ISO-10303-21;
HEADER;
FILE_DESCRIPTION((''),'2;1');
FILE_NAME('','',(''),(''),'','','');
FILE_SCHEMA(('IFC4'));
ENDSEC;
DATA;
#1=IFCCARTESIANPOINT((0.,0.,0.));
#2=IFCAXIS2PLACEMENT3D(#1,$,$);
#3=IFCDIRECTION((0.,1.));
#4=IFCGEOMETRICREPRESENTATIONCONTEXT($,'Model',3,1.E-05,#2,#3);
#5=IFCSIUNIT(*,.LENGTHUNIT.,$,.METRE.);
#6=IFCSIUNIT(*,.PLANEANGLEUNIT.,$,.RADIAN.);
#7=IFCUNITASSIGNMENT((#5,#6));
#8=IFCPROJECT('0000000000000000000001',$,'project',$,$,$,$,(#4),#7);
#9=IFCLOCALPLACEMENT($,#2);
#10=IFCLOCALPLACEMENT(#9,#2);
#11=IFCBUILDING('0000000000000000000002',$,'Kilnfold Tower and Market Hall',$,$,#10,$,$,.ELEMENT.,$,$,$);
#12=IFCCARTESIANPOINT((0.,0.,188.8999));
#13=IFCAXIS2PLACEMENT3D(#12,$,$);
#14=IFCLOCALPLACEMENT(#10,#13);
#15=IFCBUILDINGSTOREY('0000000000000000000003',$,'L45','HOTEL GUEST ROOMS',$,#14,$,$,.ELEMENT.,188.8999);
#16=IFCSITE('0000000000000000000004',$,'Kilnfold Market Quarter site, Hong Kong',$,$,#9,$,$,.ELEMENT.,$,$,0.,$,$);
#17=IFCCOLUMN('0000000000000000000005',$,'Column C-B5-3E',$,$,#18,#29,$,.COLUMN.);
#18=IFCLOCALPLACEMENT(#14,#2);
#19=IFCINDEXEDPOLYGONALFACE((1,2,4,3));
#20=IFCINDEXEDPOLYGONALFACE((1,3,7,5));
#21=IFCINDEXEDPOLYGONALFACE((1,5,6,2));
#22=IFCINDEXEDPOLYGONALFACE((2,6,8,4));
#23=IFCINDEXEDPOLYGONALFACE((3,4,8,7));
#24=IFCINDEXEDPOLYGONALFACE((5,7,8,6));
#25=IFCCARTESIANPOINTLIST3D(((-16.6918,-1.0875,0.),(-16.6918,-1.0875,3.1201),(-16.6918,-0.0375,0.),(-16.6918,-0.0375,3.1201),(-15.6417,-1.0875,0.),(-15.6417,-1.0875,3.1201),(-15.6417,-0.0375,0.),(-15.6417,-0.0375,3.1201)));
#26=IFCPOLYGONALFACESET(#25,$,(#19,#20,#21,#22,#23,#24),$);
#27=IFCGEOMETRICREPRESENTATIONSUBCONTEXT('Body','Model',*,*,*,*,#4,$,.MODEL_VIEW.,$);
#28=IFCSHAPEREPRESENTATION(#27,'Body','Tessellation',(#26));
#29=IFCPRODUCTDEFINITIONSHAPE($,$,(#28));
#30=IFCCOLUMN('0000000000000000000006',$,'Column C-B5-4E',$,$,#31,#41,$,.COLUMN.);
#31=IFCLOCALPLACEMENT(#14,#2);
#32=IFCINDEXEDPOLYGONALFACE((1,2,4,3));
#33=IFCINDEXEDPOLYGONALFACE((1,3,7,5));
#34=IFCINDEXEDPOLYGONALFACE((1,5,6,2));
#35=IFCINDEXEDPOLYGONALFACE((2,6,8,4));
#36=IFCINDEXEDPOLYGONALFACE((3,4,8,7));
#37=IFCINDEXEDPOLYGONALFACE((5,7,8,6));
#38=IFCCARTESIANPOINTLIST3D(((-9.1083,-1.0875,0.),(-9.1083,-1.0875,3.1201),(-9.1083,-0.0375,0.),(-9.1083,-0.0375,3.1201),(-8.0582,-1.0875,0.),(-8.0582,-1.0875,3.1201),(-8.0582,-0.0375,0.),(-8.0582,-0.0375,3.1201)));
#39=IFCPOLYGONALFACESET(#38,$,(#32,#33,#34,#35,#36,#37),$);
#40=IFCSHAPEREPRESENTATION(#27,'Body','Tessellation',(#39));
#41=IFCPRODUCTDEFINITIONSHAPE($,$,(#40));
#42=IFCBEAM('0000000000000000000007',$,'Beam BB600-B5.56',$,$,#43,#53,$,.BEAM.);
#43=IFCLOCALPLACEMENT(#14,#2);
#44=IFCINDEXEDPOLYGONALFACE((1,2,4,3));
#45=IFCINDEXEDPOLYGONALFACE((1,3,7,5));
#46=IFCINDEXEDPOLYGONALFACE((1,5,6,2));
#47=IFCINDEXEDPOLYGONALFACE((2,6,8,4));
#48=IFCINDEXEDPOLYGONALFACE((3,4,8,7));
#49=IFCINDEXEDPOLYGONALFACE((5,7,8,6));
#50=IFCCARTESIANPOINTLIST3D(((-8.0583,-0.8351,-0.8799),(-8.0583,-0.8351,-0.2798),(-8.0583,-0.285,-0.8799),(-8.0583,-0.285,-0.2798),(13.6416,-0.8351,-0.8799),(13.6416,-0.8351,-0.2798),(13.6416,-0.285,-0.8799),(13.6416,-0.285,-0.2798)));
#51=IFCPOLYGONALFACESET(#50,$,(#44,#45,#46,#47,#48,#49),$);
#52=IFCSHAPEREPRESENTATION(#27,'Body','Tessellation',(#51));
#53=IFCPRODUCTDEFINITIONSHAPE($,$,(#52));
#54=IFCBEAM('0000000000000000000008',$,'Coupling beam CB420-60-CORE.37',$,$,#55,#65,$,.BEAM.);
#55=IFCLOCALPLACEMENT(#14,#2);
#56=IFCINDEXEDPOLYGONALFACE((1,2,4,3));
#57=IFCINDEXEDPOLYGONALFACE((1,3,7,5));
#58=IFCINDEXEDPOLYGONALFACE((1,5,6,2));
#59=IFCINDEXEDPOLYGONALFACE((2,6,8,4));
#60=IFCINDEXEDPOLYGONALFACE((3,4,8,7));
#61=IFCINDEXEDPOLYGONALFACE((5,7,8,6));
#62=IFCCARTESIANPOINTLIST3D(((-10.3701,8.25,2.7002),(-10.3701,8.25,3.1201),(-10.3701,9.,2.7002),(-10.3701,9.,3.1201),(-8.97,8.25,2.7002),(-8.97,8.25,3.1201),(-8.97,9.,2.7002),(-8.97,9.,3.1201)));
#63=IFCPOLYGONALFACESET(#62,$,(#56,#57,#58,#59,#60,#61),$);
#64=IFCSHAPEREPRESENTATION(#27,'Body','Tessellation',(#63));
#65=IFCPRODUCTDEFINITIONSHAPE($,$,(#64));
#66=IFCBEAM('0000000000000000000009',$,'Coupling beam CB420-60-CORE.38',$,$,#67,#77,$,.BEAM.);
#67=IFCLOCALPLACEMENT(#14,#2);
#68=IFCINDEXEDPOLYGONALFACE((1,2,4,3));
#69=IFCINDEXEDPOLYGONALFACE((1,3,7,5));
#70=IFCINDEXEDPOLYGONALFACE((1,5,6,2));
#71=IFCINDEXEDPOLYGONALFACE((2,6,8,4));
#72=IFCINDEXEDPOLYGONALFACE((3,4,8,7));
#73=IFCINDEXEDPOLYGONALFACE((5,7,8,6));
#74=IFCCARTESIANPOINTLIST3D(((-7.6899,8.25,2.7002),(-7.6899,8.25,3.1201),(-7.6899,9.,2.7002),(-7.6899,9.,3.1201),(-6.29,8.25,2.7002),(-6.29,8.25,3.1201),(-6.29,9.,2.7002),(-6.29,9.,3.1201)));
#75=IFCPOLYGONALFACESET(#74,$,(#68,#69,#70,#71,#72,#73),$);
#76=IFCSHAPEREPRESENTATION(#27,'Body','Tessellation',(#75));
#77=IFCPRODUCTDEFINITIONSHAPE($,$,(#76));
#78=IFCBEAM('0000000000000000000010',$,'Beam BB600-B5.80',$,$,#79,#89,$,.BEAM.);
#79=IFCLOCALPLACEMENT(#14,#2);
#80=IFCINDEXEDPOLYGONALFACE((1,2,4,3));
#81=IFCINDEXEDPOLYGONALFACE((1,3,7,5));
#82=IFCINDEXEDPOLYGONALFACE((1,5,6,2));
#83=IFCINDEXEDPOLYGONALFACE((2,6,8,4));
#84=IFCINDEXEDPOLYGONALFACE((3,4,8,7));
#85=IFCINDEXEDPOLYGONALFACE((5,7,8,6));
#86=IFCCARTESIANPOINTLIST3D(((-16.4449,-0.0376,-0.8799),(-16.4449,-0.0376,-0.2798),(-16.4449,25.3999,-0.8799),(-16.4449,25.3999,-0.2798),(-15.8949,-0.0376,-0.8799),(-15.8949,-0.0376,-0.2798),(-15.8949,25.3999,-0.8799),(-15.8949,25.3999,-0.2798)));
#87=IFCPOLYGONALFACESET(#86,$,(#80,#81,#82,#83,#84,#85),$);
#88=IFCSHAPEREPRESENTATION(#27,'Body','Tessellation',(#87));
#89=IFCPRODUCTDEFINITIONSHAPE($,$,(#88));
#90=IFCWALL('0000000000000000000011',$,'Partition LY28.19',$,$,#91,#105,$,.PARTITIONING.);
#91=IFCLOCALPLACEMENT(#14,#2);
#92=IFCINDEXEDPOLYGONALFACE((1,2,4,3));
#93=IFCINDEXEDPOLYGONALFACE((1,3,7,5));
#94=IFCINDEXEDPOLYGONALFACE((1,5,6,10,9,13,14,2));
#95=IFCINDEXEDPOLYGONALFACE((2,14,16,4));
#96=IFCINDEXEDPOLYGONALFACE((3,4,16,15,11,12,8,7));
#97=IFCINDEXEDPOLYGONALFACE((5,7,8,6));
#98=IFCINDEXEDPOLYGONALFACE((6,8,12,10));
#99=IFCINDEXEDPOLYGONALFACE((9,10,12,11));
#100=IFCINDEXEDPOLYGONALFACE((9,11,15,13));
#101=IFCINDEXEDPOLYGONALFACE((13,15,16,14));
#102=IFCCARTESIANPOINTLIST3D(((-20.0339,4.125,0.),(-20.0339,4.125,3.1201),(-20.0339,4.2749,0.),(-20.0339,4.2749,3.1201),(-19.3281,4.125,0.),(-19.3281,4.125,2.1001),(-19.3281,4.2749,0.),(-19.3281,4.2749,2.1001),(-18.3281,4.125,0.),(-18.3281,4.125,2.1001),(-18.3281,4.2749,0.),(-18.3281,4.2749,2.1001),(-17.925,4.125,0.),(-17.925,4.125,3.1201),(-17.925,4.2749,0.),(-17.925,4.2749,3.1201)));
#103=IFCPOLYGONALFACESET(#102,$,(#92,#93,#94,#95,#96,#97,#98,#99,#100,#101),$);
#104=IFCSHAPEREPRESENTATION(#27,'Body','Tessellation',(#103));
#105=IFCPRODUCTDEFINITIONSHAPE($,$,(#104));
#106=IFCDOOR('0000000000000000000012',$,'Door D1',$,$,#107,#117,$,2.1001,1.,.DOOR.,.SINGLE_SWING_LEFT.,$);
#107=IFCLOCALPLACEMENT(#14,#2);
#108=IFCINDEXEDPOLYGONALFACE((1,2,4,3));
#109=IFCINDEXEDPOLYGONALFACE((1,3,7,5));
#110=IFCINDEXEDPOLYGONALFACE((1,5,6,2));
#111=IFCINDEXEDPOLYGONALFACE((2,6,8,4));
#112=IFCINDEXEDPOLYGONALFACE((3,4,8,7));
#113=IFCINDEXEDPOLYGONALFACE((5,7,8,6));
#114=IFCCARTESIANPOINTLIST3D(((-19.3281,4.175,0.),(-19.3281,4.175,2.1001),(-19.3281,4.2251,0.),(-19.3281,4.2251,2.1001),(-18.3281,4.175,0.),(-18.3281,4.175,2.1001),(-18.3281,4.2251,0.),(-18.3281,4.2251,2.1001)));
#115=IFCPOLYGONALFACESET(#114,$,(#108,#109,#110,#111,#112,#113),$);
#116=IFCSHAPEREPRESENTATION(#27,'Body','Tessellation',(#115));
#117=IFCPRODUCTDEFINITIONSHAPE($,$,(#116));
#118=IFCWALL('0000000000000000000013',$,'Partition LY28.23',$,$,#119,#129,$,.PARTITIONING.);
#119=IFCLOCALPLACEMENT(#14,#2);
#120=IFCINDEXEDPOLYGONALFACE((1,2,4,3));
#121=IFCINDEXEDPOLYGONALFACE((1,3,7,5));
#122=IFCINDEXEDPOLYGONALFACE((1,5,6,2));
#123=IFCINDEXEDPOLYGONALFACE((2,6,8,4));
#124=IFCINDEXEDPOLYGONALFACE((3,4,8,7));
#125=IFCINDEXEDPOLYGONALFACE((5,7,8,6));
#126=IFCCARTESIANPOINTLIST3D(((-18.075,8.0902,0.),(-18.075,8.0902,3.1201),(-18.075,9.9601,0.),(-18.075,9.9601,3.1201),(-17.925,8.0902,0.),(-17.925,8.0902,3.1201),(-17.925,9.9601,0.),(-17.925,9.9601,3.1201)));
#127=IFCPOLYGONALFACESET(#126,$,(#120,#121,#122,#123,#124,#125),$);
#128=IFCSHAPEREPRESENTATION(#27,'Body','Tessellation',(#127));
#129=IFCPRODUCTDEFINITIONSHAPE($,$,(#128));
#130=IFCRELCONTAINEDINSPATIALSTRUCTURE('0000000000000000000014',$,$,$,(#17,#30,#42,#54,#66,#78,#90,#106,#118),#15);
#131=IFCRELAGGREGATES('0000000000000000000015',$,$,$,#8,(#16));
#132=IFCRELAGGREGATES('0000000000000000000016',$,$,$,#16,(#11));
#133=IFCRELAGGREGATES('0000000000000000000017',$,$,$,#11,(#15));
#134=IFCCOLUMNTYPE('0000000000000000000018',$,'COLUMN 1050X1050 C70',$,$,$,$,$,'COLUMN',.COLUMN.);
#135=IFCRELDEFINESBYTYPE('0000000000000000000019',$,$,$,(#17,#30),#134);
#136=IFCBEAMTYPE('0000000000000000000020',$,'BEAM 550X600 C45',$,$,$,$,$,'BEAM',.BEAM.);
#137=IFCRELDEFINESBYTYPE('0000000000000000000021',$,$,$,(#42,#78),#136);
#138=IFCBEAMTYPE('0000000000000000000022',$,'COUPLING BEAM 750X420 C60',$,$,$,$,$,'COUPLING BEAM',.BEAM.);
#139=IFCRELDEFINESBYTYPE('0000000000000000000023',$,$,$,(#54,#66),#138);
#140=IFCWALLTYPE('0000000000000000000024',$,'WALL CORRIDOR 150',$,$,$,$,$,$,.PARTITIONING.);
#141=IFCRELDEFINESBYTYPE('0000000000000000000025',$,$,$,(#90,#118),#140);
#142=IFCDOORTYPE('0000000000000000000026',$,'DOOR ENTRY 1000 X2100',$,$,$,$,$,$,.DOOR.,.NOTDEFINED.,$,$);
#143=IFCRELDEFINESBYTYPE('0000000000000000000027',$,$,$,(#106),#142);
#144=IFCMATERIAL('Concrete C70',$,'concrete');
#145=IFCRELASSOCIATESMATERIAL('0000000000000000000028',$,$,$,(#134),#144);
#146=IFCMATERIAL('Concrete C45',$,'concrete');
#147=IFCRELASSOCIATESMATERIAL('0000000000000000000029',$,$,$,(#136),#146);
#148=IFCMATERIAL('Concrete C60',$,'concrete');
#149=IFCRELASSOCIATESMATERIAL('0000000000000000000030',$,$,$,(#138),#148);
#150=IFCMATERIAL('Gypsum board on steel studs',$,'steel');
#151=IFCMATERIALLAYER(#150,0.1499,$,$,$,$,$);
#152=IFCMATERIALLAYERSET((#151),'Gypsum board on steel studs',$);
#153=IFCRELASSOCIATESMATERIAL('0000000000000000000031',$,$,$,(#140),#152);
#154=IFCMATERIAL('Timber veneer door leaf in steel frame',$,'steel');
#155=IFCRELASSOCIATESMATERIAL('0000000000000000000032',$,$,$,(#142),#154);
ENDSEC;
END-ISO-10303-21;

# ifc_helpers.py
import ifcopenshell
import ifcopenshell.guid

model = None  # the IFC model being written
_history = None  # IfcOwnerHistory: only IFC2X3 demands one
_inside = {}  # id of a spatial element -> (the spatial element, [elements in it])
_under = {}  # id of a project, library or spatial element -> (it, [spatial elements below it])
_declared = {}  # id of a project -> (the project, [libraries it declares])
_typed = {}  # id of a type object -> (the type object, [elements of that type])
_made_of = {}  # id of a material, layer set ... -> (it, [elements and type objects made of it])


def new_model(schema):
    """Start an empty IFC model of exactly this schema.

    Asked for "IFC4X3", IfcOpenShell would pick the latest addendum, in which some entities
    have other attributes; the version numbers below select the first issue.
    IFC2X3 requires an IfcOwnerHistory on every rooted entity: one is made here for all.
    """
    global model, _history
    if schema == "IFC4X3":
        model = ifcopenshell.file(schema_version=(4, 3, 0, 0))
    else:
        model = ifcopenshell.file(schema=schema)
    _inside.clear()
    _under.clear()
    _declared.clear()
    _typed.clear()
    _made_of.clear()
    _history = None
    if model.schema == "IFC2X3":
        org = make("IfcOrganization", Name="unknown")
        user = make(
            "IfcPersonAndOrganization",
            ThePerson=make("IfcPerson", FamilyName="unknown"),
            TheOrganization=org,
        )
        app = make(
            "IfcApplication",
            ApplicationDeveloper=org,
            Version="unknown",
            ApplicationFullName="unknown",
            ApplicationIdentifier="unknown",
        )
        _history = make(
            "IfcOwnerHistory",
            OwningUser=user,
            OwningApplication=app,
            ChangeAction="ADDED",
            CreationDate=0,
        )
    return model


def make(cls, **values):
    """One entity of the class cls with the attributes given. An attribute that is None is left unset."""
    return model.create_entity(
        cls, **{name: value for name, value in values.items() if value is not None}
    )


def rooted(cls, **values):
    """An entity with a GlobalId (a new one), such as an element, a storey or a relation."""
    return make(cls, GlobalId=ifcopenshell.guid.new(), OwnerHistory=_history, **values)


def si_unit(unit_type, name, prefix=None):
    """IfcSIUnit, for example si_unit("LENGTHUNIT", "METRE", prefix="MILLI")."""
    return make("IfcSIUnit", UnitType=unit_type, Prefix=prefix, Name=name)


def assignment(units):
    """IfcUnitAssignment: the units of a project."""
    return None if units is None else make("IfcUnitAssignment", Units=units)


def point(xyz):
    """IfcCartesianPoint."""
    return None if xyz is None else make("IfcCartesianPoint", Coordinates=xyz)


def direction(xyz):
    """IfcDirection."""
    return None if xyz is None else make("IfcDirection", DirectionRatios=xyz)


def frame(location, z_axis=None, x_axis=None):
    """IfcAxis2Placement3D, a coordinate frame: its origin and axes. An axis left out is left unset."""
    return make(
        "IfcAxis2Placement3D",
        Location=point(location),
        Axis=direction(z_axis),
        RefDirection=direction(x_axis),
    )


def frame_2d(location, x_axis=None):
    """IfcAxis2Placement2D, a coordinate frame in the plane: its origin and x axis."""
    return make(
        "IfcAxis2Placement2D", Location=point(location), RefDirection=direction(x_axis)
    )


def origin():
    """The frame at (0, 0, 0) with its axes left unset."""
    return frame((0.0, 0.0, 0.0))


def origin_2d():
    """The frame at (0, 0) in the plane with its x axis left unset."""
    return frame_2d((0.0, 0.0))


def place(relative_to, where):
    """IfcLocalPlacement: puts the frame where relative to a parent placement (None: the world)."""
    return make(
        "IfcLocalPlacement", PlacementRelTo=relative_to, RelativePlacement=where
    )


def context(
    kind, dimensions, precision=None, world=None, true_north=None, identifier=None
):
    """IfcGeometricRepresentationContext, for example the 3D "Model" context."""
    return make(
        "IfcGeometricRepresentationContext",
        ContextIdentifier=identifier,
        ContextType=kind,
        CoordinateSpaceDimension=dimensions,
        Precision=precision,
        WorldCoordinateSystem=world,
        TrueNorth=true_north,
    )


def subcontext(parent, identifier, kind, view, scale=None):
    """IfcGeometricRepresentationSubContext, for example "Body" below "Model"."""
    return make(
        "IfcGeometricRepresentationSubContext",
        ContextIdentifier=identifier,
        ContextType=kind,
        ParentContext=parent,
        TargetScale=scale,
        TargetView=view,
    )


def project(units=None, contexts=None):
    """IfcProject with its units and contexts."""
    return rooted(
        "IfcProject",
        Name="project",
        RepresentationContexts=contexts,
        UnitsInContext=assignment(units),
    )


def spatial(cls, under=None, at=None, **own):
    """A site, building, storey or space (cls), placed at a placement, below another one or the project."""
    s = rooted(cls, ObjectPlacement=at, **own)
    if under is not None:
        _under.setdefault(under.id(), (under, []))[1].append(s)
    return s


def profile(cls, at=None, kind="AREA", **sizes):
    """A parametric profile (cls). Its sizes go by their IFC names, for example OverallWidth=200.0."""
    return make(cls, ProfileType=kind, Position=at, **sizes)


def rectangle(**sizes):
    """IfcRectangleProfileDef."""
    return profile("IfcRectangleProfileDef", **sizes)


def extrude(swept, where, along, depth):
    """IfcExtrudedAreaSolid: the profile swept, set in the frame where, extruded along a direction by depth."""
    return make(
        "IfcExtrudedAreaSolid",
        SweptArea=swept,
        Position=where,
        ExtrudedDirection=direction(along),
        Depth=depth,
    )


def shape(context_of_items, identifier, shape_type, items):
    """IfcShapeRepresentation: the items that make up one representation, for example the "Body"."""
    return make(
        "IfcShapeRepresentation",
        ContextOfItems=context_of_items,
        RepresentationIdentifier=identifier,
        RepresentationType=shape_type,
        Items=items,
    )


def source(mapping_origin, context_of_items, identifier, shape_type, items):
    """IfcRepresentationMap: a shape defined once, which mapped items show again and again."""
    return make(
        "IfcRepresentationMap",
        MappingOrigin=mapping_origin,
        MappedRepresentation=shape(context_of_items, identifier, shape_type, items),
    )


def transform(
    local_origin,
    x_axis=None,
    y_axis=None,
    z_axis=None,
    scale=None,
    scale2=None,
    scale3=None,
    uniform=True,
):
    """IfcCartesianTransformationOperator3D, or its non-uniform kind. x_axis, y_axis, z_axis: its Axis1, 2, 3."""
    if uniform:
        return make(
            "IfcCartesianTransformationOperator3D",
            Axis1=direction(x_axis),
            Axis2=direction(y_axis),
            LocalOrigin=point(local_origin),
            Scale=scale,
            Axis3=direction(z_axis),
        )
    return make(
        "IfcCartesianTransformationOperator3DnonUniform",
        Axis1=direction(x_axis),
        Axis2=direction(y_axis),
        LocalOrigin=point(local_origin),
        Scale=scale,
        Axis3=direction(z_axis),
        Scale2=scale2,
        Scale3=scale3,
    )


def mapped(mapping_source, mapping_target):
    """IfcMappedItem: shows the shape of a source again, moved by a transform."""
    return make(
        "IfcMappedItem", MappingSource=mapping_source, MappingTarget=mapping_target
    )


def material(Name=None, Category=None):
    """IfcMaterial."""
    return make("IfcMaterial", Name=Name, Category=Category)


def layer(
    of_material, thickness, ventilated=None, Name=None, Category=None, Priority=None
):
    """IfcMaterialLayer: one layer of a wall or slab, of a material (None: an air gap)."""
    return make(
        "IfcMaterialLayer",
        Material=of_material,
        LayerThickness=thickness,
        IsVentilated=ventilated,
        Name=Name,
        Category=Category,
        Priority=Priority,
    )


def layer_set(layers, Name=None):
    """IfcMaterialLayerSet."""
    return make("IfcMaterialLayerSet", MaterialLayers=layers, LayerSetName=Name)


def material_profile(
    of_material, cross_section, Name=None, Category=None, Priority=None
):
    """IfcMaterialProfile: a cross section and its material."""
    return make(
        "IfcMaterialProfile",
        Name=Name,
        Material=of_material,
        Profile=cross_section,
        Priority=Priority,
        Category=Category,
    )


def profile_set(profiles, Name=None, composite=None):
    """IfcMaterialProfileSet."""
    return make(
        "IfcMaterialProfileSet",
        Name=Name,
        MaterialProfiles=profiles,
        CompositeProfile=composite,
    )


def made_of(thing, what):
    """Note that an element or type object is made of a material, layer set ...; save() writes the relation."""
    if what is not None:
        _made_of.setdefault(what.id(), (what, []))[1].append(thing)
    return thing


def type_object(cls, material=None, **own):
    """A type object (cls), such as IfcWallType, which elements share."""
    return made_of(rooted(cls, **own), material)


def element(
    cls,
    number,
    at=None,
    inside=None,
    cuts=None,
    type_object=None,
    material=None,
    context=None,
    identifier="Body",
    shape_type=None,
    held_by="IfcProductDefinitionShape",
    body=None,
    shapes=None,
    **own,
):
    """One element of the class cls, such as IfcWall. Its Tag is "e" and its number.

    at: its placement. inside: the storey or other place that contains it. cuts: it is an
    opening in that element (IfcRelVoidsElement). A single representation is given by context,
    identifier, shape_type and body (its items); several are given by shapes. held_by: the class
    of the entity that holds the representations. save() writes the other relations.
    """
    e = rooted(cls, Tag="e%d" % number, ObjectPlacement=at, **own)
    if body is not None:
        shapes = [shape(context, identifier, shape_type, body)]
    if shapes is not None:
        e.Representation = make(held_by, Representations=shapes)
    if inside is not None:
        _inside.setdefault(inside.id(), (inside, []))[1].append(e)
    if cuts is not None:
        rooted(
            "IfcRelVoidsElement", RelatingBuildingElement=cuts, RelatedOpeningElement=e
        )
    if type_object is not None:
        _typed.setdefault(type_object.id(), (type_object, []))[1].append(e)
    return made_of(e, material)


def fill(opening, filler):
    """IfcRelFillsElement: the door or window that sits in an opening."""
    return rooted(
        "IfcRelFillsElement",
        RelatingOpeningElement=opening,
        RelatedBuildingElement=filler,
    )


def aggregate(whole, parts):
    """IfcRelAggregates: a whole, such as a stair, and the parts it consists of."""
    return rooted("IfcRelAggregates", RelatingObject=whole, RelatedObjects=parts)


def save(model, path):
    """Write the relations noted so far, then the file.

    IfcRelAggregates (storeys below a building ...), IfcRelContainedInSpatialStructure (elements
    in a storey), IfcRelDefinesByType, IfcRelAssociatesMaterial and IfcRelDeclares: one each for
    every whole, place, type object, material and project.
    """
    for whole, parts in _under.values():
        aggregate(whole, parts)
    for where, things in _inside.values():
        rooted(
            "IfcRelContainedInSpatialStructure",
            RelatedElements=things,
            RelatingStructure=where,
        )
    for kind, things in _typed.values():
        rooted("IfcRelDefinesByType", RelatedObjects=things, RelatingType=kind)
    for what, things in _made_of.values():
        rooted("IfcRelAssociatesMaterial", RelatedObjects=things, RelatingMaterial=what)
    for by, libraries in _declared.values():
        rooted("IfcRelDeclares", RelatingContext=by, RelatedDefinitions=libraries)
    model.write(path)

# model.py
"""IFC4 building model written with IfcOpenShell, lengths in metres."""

from ifc_helpers import new_model, si_unit, direction, frame, frame_2d, origin, origin_2d, place, context, subcontext, project, spatial, rectangle, extrude, source, transform, mapped, material, layer, layer_set, material_profile, profile_set, type_object, element, fill, save


model = new_model("IFC4")

# Units and contexts
model_context = context("Model", 3, precision=1e-05, world=origin(), true_north=direction((0.0, 1.0)))
body_context = subcontext(model_context, "Body", "Model", "MODEL_VIEW")
ifc_project = project(units=[si_unit("LENGTHUNIT", "METRE"), si_unit("PLANEANGLEUNIT", "RADIAN")], contexts=[model_context])

# Site, building, storey
site_placement = place(None, origin())
site = spatial("IfcSite", under=ifc_project, at=site_placement, Name="Kilnfold Market Quarter site, Hong Kong", CompositionType="ELEMENT", RefElevation=0.0)
building_placement = place(site_placement, origin())
building = spatial("IfcBuilding", under=site, at=building_placement, Name="Kilnfold Tower and Market Hall", CompositionType="ELEMENT")
storey_placement = place(building_placement, frame((0.0, 0.0, 188.8999)))
storey = spatial("IfcBuildingStorey", under=building, at=storey_placement, Name="L45", Description="HOTEL GUEST ROOMS", CompositionType="ELEMENT", Elevation=188.8999)

# Columns
ifc_material_1 = material(Name="Concrete C70", Category="concrete")
ifc_material_profile_1 = material_profile(ifc_material_1, rectangle(XDim=1.05, YDim=1.05, at=origin_2d()), Name="RC 1050x1050")
ifc_profile_set_1 = profile_set([ifc_material_profile_1], Name="Concrete C70")
column_type = type_object("IfcColumnType", Name="COLUMN 1050X1050 C70", ElementType="COLUMN", PredefinedType="COLUMN", material=ifc_profile_set_1)
shared_shape_1 = source(origin(), body_context, "Body", "SweptSolid", [
    extrude(rectangle(XDim=1.05, YDim=1.05, at=origin_2d()), origin(), (0.0, 0.0, 1.0), 3.1201),
])
for number, where, z_axis, x_axis, name in (
    (1, (-16.1667, -0.5625, 0.0), (0.0, 0.0, 1.0), (1.0, 0.0, 0.0), "Column C-B5-3E"),
    (2, (-8.5833, -0.5625, 0.0), (0.0, 0.0, 1.0), (1.0, 0.0, 0.0), "Column C-B5-4E"),
):
    element("IfcColumn", number, at=place(storey_placement, frame(where, z_axis=z_axis, x_axis=x_axis)), inside=storey, type_object=column_type, Name=name, PredefinedType="COLUMN", context=body_context, shape_type="MappedRepresentation", body=[
        mapped(shared_shape_1, transform((0.0, 0.0, 0.0))),
    ])

# Beams
ifc_material_2 = material(Name="Concrete C45", Category="concrete")
ifc_material_profile_2 = material_profile(ifc_material_2, rectangle(XDim=0.55, YDim=0.6001, at=origin_2d()), Name="RC 550x600")
ifc_profile_set_2 = profile_set([ifc_material_profile_2], Name="Concrete C45")
beam_type_1 = type_object("IfcBeamType", Name="BEAM 550X600 C45", ElementType="BEAM", PredefinedType="BEAM", material=ifc_profile_set_2)
shared_shape_2 = source(origin(), body_context, "Body", "SweptSolid", [
    extrude(rectangle(XDim=0.55, YDim=0.6001, at=origin_2d()), origin(), (0.0, 0.0, 1.0), 21.7),
])
beam_1_placement = place(storey_placement, frame((-8.0583, -0.5601, -0.5798), z_axis=(1.0, 0.0, 0.0), x_axis=(0.0, 1.0, 0.0)))
element("IfcBeam", 3, at=beam_1_placement, inside=storey, type_object=beam_type_1, Name="Beam BB600-B5.56", PredefinedType="BEAM", context=body_context, shape_type="MappedRepresentation", body=[
    mapped(shared_shape_2, transform((0.0, 0.0, 0.0))),
])
ifc_material_3 = material(Name="Concrete C60", Category="concrete")
ifc_material_profile_3 = material_profile(ifc_material_3, rectangle(XDim=0.75, YDim=0.4199, at=origin_2d()), Name="RC 750x420")
ifc_profile_set_3 = profile_set([ifc_material_profile_3], Name="Concrete C60")
beam_type_2 = type_object("IfcBeamType", Name="COUPLING BEAM 750X420 C60", ElementType="COUPLING BEAM", PredefinedType="BEAM", material=ifc_profile_set_3)
shared_shape_3 = source(origin(), body_context, "Body", "SweptSolid", [
    extrude(rectangle(XDim=0.75, YDim=0.4199, at=origin_2d()), origin(), (0.0, 0.0, 1.0), 1.4001),
])
beam_2_placement = place(storey_placement, frame((-10.3701, 8.625, 2.9102), z_axis=(1.0, 0.0, 0.0), x_axis=(0.0, 1.0, 0.0)))
element("IfcBeam", 4, at=beam_2_placement, inside=storey, type_object=beam_type_2, Name="Coupling beam CB420-60-CORE.37", PredefinedType="BEAM", context=body_context, shape_type="MappedRepresentation", body=[
    mapped(shared_shape_3, transform((0.0, 0.0, 0.0))),
])
shared_shape_4 = source(origin(), body_context, "Body", "SweptSolid", [
    extrude(rectangle(XDim=0.75, YDim=0.4199, at=origin_2d()), origin(), (0.0, 0.0, 1.0), 1.3999),
])
beam_3_placement = place(storey_placement, frame((-7.6899, 8.625, 2.9102), z_axis=(1.0, 0.0, 0.0), x_axis=(0.0, 1.0, 0.0)))
element("IfcBeam", 5, at=beam_3_placement, inside=storey, type_object=beam_type_2, Name="Coupling beam CB420-60-CORE.38", PredefinedType="BEAM", context=body_context, shape_type="MappedRepresentation", body=[
    mapped(shared_shape_4, transform((0.0, 0.0, 0.0))),
])
shared_shape_5 = source(origin(), body_context, "Body", "SweptSolid", [
    extrude(rectangle(XDim=0.55, YDim=0.6001, at=origin_2d()), origin(), (0.0, 0.0, 1.0), 25.4375),
])
beam_4_placement = place(storey_placement, frame((-16.1699, -0.0376, -0.5798), z_axis=(0.0, 1.0, 0.0), x_axis=(-1.0, 0.0, 0.0)))
element("IfcBeam", 6, at=beam_4_placement, inside=storey, type_object=beam_type_1, Name="Beam BB600-B5.80", PredefinedType="BEAM", context=body_context, shape_type="MappedRepresentation", body=[
    mapped(shared_shape_5, transform((0.0, 0.0, 0.0))),
])

# Wall, opening, door
ifc_material_4 = material(Name="Gypsum board on steel studs", Category="steel")
ifc_layer_1 = layer(ifc_material_4, 0.1499)
ifc_layer_set_1 = layer_set([ifc_layer_1], Name="Gypsum board on steel studs")
wall_type_1 = type_object("IfcWallType", Name="WALL CORRIDOR 150", PredefinedType="PARTITIONING", material=ifc_layer_set_1)
wall_1_placement = place(storey_placement, frame((-17.925, 4.2, 0.0), z_axis=(0.0, 0.0, 1.0), x_axis=(-1.0, 0.0, 0.0)))
wall_1 = element("IfcWall", 7, at=wall_1_placement, inside=storey, type_object=wall_type_1, Name="Partition LY28.19", PredefinedType="PARTITIONING", context=body_context, shape_type="SweptSolid", body=[
    extrude(rectangle(XDim=2.1089, YDim=0.1499, at=frame_2d((1.0544, 0.0))), origin(), (0.0, 0.0, 1.0), 3.1201),
])
opening_1_placement = place(wall_1_placement, frame((0.4031, 0.0, 0.0)))
opening_1 = element("IfcOpeningElement", 8, at=opening_1_placement, cuts=wall_1, PredefinedType="OPENING", context=body_context, shape_type="SweptSolid", body=[
    extrude(rectangle(XDim=1.0, YDim=2.1001, at=frame_2d((0.5, 1.05))), frame((0.0, 0.085, 0.0), z_axis=(0.0, -1.0, 0.0), x_axis=(1.0, 0.0, 0.0)), (0.0, 0.0, 1.0), 0.1699),
])
ifc_material_5 = material(Name="Timber veneer door leaf in steel frame", Category="steel")
door_type_1 = type_object("IfcDoorType", Name="DOOR ENTRY 1000 X2100", OperationType="NOTDEFINED", PredefinedType="DOOR", material=ifc_material_5)
door_1_placement = place(opening_1_placement, origin())
door_1 = element("IfcDoor", 9, at=door_1_placement, inside=storey, type_object=door_type_1, Name="Door D1", OperationType="SINGLE_SWING_LEFT", OverallHeight=2.1001, OverallWidth=1.0, PredefinedType="DOOR", context=body_context, shape_type="SweptSolid", body=[
    extrude(rectangle(XDim=1.0, YDim=2.1001, at=frame_2d((0.5, 1.05))), frame((0.0, 0.0249, 0.0), z_axis=(0.0, -1.0, 0.0), x_axis=(1.0, 0.0, 0.0)), (0.0, 0.0, 1.0), 0.05),
])
fill(opening_1, door_1)

# Wall
wall_2_placement = place(storey_placement, frame((-18.0, 8.0901, 0.0), z_axis=(0.0, 0.0, 1.0), x_axis=(0.0, 1.0, 0.0)))
element("IfcWall", 10, at=wall_2_placement, inside=storey, type_object=wall_type_1, Name="Partition LY28.23", PredefinedType="PARTITIONING", context=body_context, shape_type="SweptSolid", body=[
    extrude(rectangle(XDim=1.8699, YDim=0.1499, at=frame_2d((0.9351, 0.0))), origin(), (0.0, 0.0, 1.0), 3.1201),
])

save(model, "model.ifc")
